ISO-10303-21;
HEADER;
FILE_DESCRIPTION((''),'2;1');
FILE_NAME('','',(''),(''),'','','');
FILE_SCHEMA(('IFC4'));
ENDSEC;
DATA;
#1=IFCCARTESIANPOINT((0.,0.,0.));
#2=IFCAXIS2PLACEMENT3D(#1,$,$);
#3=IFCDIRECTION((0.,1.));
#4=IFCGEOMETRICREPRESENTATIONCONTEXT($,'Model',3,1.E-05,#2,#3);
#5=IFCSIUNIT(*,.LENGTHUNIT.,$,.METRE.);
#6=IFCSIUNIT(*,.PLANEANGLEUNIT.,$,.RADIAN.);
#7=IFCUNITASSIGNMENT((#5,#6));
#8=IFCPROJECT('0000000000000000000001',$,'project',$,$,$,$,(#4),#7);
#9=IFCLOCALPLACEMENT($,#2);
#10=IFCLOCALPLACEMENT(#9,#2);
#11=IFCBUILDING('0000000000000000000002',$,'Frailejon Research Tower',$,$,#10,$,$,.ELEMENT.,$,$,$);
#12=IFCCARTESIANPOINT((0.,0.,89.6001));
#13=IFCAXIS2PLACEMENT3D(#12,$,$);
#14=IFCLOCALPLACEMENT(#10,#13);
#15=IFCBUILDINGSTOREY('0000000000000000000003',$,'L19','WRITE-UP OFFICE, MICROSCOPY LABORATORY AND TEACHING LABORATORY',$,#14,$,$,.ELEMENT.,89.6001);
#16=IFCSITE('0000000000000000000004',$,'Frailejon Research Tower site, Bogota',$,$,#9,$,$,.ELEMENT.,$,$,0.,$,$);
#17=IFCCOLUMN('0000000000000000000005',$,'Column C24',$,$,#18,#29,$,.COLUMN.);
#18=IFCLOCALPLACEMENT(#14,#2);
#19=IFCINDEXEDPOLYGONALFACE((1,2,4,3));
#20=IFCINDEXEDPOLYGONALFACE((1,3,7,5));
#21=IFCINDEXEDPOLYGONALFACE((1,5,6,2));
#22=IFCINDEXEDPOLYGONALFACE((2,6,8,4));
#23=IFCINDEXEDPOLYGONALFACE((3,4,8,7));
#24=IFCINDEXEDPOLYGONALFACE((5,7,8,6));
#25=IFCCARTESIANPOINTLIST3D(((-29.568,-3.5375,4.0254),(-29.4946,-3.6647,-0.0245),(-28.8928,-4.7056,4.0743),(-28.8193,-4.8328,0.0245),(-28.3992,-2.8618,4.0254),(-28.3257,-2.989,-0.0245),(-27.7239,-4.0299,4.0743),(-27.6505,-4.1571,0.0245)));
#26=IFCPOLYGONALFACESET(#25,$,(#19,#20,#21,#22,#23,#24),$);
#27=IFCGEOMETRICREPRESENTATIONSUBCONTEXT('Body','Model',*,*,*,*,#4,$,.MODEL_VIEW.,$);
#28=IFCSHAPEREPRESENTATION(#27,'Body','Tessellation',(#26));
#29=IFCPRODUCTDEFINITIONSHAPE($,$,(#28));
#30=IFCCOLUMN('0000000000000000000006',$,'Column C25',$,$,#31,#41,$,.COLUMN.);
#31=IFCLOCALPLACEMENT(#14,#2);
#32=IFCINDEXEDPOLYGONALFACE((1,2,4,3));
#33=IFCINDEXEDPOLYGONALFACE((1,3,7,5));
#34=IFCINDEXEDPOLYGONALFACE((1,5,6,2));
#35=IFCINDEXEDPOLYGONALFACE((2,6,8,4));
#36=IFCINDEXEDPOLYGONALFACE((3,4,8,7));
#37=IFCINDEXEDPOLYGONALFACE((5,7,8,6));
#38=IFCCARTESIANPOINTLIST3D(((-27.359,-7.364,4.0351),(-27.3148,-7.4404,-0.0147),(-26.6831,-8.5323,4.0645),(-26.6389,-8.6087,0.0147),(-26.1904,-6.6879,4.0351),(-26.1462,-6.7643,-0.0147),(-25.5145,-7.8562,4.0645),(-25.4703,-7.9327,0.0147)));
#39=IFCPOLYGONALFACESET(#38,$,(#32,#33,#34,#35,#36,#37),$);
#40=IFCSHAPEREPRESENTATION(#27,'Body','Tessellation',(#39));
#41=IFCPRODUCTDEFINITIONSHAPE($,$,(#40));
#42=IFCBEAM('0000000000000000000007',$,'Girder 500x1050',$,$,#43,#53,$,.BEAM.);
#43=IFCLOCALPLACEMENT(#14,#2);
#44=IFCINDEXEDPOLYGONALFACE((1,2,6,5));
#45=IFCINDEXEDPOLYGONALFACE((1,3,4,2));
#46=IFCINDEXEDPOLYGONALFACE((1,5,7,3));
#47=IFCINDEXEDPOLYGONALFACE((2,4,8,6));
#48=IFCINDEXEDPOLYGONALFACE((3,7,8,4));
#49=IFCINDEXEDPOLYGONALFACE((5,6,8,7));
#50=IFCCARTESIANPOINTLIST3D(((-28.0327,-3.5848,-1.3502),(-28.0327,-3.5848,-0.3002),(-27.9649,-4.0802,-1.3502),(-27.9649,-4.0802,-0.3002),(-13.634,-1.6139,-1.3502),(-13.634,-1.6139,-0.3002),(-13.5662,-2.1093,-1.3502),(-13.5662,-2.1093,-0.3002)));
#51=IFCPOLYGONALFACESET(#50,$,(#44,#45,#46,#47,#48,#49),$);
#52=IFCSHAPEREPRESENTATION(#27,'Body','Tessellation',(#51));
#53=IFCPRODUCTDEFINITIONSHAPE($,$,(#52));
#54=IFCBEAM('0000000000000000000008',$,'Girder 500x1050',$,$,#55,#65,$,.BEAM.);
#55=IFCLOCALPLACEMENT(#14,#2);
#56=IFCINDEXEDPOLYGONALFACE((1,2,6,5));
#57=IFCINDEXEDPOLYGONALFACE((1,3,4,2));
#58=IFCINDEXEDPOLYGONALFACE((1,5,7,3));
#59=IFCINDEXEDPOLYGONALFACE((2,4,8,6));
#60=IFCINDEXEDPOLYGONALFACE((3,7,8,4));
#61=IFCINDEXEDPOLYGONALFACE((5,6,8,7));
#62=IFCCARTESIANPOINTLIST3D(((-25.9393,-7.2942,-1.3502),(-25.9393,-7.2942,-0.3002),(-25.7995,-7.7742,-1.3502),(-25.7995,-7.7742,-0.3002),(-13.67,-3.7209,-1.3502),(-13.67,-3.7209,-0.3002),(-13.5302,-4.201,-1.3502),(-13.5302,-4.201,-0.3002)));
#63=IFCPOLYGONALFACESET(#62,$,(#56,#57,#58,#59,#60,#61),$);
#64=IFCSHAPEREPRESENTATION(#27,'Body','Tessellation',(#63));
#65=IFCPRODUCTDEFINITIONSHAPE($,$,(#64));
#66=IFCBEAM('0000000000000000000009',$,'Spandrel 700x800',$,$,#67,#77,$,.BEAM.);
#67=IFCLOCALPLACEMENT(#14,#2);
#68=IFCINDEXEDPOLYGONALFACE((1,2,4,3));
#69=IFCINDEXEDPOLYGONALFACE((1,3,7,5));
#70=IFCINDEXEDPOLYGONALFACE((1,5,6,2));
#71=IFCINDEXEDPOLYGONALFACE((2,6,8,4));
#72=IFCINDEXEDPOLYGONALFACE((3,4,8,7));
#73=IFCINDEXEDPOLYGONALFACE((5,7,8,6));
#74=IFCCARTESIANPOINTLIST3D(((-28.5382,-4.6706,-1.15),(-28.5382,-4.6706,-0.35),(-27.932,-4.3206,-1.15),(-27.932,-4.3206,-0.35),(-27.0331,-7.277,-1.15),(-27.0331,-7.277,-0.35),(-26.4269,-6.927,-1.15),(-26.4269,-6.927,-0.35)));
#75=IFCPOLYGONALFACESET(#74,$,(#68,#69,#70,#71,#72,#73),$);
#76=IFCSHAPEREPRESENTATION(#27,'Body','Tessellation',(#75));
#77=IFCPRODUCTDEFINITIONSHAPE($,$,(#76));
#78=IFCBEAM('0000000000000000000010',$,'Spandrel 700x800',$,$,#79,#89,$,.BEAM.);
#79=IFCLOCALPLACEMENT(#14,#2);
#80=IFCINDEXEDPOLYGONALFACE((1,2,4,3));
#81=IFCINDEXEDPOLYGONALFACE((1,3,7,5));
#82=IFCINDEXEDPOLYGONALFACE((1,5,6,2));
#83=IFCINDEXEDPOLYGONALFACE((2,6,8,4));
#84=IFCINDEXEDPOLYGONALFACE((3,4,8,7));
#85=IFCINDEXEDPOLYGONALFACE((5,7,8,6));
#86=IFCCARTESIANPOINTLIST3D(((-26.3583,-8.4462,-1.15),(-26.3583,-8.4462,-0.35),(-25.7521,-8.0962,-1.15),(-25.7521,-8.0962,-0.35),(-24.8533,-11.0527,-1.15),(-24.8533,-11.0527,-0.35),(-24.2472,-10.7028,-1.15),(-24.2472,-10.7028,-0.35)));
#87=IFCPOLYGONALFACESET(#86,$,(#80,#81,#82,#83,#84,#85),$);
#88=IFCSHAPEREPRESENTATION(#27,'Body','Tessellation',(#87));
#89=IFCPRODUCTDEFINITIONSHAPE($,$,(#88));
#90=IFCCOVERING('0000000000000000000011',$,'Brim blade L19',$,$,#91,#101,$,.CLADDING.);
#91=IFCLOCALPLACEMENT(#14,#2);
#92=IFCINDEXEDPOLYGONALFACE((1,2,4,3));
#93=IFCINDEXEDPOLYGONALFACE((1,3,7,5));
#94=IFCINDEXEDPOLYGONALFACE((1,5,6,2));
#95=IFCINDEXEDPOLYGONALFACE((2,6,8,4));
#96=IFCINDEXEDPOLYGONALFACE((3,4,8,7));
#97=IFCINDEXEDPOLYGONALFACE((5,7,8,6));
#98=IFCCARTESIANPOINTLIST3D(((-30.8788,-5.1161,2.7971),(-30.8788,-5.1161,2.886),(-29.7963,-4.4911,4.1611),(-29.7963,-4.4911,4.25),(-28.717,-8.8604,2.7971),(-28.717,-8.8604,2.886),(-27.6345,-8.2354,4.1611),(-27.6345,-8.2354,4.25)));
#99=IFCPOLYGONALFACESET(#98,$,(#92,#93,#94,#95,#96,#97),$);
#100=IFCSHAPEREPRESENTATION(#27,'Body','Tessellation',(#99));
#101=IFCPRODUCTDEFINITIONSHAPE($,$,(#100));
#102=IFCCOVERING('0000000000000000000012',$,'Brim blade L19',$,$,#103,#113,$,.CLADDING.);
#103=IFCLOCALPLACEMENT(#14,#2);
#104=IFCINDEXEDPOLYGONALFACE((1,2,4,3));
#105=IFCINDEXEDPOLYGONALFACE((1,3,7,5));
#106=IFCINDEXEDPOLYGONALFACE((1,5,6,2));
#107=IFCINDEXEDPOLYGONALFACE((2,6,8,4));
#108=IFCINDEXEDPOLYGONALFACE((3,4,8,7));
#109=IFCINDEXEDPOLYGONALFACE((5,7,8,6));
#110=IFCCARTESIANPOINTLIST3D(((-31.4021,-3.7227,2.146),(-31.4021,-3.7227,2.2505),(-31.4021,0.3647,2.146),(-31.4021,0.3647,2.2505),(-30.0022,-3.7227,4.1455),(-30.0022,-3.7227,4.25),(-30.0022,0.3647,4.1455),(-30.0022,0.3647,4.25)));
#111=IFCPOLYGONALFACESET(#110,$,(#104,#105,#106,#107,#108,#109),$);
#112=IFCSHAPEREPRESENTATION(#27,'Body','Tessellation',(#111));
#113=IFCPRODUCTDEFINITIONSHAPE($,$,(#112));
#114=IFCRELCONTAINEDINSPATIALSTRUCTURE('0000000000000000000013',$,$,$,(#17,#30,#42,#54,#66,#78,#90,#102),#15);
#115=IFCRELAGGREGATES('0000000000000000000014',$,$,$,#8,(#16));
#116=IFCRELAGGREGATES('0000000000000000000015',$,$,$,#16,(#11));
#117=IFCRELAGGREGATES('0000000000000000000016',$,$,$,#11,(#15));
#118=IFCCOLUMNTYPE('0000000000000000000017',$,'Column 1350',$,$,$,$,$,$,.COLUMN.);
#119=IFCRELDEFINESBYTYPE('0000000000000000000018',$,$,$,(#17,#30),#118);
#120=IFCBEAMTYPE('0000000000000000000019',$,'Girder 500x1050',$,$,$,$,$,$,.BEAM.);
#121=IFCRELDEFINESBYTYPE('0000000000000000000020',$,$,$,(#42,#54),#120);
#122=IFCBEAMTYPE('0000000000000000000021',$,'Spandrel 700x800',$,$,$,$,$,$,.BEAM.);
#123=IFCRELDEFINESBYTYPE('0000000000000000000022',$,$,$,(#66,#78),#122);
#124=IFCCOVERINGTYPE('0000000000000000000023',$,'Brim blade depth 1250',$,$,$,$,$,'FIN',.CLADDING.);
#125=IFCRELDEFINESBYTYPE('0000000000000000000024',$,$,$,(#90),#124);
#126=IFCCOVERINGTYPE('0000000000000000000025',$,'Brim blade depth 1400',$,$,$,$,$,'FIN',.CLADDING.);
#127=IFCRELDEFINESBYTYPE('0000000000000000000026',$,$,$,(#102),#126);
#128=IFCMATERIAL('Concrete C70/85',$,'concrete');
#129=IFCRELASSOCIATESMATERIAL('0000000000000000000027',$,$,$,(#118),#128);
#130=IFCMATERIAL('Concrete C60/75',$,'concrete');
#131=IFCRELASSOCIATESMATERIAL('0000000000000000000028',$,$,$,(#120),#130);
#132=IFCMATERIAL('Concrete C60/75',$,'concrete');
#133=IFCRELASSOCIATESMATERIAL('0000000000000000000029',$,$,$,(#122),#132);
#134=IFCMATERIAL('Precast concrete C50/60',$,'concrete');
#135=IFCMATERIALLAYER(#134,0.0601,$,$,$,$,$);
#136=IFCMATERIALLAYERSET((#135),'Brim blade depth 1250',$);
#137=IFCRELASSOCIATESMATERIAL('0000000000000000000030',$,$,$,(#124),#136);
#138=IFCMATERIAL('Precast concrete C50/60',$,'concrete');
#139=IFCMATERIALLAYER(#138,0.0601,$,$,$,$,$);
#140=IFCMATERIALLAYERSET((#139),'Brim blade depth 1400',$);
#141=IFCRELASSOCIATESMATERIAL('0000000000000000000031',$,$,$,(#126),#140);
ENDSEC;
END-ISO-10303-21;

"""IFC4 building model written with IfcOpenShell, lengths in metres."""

from ifc_helpers import new_model, si_unit, direction, frame, origin, origin_2d, place, context, subcontext, project, spatial, polyline, rectangle, outline, extrude, material, layer, layer_set, material_profile, profile_set, type_object, element, save


model = new_model("IFC4")

# Units and contexts
model_context = context("Model", 3, precision=1e-05, world=origin(), true_north=direction((0.0, 1.0)))
body_context = subcontext(model_context, "Body", "Model", "MODEL_VIEW")
ifc_project = project(units=[si_unit("LENGTHUNIT", "METRE"), si_unit("PLANEANGLEUNIT", "RADIAN")], contexts=[model_context])

# Site, building, storey
site_placement = place(None, origin())
site = spatial("IfcSite", under=ifc_project, at=site_placement, Name="Frailejon Research Tower site, Bogota", CompositionType="ELEMENT", RefElevation=0.0)
building_placement = place(site_placement, origin())
building = spatial("IfcBuilding", under=site, at=building_placement, Name="Frailejon Research Tower", CompositionType="ELEMENT")
storey_placement = place(building_placement, frame((0.0, 0.0, 89.6001)))
storey = spatial("IfcBuildingStorey", under=building, at=storey_placement, Name="L19", Description="WRITE-UP OFFICE, MICROSCOPY LABORATORY AND TEACHING LABORATORY", CompositionType="ELEMENT", Elevation=89.6001)

# Columns
ifc_material_1 = material(Name="Concrete C70/85", Category="concrete")
ifc_material_profile_1 = material_profile(ifc_material_1, rectangle(XDim=1.3501, YDim=1.3501, at=origin_2d()), Name="Column 1350")
ifc_profile_set_1 = profile_set([ifc_material_profile_1], Name="Concrete C70/85")
column_type = type_object("IfcColumnType", Name="Column 1350", PredefinedType="COLUMN", material=ifc_profile_set_1)
column_1_placement = place(storey_placement, frame((-28.5725, -3.9109, 0.0), z_axis=(-0.018134, 0.031388, 0.999343), x_axis=(0.500145, -0.865183, 0.036249)))
element("IfcColumn", 1, at=column_1_placement, inside=storey, type_object=column_type, Name="Column C24", PredefinedType="COLUMN", context=body_context, shape_type="SweptSolid", body=[
    extrude(rectangle(XDim=1.3501, YDim=1.3501, at=origin_2d()), origin(), (0.0, 0.0, 1.0), 4.0525),
])
column_2_placement = place(storey_placement, frame((-26.3926, -7.6865, 0.0), z_axis=(-0.010909, 0.018865, 0.999763), x_axis=(0.500638, -0.865382, 0.021792)))
element("IfcColumn", 2, at=column_2_placement, inside=storey, type_object=column_type, Name="Column C25", PredefinedType="COLUMN", context=body_context, shape_type="SweptSolid", body=[
    extrude(rectangle(XDim=1.3501, YDim=1.3501, at=origin_2d()), origin(), (0.0, 0.0, 1.0), 4.0508),
])

# Beams
ifc_material_2 = material(Name="Concrete C60/75", Category="concrete")
ifc_material_profile_2 = material_profile(ifc_material_2, rectangle(XDim=0.5, YDim=1.05, at=origin_2d()), Name="Girder 500x1050")
ifc_profile_set_2 = profile_set([ifc_material_profile_2], Name="Concrete C60/75")
beam_type_1 = type_object("IfcBeamType", Name="Girder 500x1050", PredefinedType="BEAM", material=ifc_profile_set_2)
beam_1_placement = place(storey_placement, frame((-27.9988, -3.8325, -0.8252), z_axis=(0.990761, 0.135619, 0.0), x_axis=(-0.135619, 0.990761, 0.0)))
element("IfcBeam", 3, at=beam_1_placement, inside=storey, type_object=beam_type_1, Name="Girder 500x1050", PredefinedType="BEAM", context=body_context, shape_type="SweptSolid", body=[
    extrude(rectangle(XDim=0.5, YDim=1.05, at=origin_2d()), origin(), (0.0, 0.0, 1.0), 14.533),
])
beam_2_placement = place(storey_placement, frame((-25.8694, -7.5342, -0.8252), z_axis=(0.960111, 0.279618, 0.0), x_axis=(-0.279618, 0.960111, 0.0)))
element("IfcBeam", 4, at=beam_2_placement, inside=storey, type_object=beam_type_1, Name="Girder 500x1050", PredefinedType="BEAM", context=body_context, shape_type="SweptSolid", body=[
    extrude(rectangle(XDim=0.5, YDim=1.05, at=origin_2d()), origin(), (0.0, 0.0, 1.0), 12.7791),
])
ifc_material_3 = material(Name="Concrete C60/75", Category="concrete")
ifc_material_profile_3 = material_profile(ifc_material_3, rectangle(XDim=0.7, YDim=0.8, at=origin_2d()), Name="Spandrel 700x800")
ifc_profile_set_3 = profile_set([ifc_material_profile_3], Name="Concrete C60/75")
beam_type_2 = type_object("IfcBeamType", Name="Spandrel 700x800", PredefinedType="BEAM", material=ifc_profile_set_3)
for number, where, z_axis, x_axis, name in (
    (5, (-28.2351, -4.4956, -0.75), (0.500074, -0.865983, 0.0), (0.865983, 0.500074, 0.0), "Spandrel 700x800"),
    (6, (-26.0552, -8.2712, -0.75), (0.500013, -0.866018, 0.0), (0.866018, 0.500013, 0.0), "Spandrel 700x800"),
):
    element("IfcBeam", number, at=place(storey_placement, frame(where, z_axis=z_axis, x_axis=x_axis)), inside=storey, type_object=beam_type_2, Name=name, PredefinedType="BEAM", context=body_context, shape_type="SweptSolid", body=[
        extrude(rectangle(XDim=0.7, YDim=0.8, at=origin_2d()), origin(), (0.0, 0.0, 1.0), 3.0098),
    ])

# Coverings
ifc_material_4 = material(Name="Precast concrete C50/60", Category="concrete")
ifc_layer_1 = layer(ifc_material_4, 0.0601)
ifc_layer_set_1 = layer_set([ifc_layer_1], Name="Brim blade depth 1250")
covering_type_1 = type_object("IfcCoveringType", Name="Brim blade depth 1250", ElementType="FIN", PredefinedType="CLADDING", material=ifc_layer_set_1)
covering_1_placement = place(storey_placement, frame((-27.6345, -8.2354, 4.25), z_axis=(-0.500005, 0.866023, 0.0), x_axis=(-0.866023, -0.500005, 0.0)))
element("IfcCovering", 7, at=covering_1_placement, inside=storey, type_object=covering_type_1, Name="Brim blade L19", PredefinedType="CLADDING", context=body_context, shape_type="SweptSolid", body=[
    extrude(outline(polyline([(0.0, -0.0889), (1.25, -1.4529), (1.25, -1.364), (0.0, 0.0), (0.0, -0.0889)])), origin(), (0.0, 0.0, 1.0), 4.3235),
])
ifc_material_5 = material(Name="Precast concrete C50/60", Category="concrete")
ifc_layer_2 = layer(ifc_material_5, 0.0601)
ifc_layer_set_2 = layer_set([ifc_layer_2], Name="Brim blade depth 1400")
covering_type_2 = type_object("IfcCoveringType", Name="Brim blade depth 1400", ElementType="FIN", PredefinedType="CLADDING", material=ifc_layer_set_2)
covering_2_placement = place(storey_placement, frame((-30.0022, -3.7227, 4.25), z_axis=(0.0, 1.0, 0.0), x_axis=(-1.0, 0.0, 0.0)))
element("IfcCovering", 8, at=covering_2_placement, inside=storey, type_object=covering_type_2, Name="Brim blade L19", PredefinedType="CLADDING", context=body_context, shape_type="SweptSolid", body=[
    extrude(outline(polyline([(0.0, -0.1045), (1.3999, -2.104), (1.3999, -1.9995), (0.0, 0.0), (0.0, -0.1045)])), origin(), (0.0, 0.0, 1.0), 4.0874),
])

save(model, "model.ifc")
